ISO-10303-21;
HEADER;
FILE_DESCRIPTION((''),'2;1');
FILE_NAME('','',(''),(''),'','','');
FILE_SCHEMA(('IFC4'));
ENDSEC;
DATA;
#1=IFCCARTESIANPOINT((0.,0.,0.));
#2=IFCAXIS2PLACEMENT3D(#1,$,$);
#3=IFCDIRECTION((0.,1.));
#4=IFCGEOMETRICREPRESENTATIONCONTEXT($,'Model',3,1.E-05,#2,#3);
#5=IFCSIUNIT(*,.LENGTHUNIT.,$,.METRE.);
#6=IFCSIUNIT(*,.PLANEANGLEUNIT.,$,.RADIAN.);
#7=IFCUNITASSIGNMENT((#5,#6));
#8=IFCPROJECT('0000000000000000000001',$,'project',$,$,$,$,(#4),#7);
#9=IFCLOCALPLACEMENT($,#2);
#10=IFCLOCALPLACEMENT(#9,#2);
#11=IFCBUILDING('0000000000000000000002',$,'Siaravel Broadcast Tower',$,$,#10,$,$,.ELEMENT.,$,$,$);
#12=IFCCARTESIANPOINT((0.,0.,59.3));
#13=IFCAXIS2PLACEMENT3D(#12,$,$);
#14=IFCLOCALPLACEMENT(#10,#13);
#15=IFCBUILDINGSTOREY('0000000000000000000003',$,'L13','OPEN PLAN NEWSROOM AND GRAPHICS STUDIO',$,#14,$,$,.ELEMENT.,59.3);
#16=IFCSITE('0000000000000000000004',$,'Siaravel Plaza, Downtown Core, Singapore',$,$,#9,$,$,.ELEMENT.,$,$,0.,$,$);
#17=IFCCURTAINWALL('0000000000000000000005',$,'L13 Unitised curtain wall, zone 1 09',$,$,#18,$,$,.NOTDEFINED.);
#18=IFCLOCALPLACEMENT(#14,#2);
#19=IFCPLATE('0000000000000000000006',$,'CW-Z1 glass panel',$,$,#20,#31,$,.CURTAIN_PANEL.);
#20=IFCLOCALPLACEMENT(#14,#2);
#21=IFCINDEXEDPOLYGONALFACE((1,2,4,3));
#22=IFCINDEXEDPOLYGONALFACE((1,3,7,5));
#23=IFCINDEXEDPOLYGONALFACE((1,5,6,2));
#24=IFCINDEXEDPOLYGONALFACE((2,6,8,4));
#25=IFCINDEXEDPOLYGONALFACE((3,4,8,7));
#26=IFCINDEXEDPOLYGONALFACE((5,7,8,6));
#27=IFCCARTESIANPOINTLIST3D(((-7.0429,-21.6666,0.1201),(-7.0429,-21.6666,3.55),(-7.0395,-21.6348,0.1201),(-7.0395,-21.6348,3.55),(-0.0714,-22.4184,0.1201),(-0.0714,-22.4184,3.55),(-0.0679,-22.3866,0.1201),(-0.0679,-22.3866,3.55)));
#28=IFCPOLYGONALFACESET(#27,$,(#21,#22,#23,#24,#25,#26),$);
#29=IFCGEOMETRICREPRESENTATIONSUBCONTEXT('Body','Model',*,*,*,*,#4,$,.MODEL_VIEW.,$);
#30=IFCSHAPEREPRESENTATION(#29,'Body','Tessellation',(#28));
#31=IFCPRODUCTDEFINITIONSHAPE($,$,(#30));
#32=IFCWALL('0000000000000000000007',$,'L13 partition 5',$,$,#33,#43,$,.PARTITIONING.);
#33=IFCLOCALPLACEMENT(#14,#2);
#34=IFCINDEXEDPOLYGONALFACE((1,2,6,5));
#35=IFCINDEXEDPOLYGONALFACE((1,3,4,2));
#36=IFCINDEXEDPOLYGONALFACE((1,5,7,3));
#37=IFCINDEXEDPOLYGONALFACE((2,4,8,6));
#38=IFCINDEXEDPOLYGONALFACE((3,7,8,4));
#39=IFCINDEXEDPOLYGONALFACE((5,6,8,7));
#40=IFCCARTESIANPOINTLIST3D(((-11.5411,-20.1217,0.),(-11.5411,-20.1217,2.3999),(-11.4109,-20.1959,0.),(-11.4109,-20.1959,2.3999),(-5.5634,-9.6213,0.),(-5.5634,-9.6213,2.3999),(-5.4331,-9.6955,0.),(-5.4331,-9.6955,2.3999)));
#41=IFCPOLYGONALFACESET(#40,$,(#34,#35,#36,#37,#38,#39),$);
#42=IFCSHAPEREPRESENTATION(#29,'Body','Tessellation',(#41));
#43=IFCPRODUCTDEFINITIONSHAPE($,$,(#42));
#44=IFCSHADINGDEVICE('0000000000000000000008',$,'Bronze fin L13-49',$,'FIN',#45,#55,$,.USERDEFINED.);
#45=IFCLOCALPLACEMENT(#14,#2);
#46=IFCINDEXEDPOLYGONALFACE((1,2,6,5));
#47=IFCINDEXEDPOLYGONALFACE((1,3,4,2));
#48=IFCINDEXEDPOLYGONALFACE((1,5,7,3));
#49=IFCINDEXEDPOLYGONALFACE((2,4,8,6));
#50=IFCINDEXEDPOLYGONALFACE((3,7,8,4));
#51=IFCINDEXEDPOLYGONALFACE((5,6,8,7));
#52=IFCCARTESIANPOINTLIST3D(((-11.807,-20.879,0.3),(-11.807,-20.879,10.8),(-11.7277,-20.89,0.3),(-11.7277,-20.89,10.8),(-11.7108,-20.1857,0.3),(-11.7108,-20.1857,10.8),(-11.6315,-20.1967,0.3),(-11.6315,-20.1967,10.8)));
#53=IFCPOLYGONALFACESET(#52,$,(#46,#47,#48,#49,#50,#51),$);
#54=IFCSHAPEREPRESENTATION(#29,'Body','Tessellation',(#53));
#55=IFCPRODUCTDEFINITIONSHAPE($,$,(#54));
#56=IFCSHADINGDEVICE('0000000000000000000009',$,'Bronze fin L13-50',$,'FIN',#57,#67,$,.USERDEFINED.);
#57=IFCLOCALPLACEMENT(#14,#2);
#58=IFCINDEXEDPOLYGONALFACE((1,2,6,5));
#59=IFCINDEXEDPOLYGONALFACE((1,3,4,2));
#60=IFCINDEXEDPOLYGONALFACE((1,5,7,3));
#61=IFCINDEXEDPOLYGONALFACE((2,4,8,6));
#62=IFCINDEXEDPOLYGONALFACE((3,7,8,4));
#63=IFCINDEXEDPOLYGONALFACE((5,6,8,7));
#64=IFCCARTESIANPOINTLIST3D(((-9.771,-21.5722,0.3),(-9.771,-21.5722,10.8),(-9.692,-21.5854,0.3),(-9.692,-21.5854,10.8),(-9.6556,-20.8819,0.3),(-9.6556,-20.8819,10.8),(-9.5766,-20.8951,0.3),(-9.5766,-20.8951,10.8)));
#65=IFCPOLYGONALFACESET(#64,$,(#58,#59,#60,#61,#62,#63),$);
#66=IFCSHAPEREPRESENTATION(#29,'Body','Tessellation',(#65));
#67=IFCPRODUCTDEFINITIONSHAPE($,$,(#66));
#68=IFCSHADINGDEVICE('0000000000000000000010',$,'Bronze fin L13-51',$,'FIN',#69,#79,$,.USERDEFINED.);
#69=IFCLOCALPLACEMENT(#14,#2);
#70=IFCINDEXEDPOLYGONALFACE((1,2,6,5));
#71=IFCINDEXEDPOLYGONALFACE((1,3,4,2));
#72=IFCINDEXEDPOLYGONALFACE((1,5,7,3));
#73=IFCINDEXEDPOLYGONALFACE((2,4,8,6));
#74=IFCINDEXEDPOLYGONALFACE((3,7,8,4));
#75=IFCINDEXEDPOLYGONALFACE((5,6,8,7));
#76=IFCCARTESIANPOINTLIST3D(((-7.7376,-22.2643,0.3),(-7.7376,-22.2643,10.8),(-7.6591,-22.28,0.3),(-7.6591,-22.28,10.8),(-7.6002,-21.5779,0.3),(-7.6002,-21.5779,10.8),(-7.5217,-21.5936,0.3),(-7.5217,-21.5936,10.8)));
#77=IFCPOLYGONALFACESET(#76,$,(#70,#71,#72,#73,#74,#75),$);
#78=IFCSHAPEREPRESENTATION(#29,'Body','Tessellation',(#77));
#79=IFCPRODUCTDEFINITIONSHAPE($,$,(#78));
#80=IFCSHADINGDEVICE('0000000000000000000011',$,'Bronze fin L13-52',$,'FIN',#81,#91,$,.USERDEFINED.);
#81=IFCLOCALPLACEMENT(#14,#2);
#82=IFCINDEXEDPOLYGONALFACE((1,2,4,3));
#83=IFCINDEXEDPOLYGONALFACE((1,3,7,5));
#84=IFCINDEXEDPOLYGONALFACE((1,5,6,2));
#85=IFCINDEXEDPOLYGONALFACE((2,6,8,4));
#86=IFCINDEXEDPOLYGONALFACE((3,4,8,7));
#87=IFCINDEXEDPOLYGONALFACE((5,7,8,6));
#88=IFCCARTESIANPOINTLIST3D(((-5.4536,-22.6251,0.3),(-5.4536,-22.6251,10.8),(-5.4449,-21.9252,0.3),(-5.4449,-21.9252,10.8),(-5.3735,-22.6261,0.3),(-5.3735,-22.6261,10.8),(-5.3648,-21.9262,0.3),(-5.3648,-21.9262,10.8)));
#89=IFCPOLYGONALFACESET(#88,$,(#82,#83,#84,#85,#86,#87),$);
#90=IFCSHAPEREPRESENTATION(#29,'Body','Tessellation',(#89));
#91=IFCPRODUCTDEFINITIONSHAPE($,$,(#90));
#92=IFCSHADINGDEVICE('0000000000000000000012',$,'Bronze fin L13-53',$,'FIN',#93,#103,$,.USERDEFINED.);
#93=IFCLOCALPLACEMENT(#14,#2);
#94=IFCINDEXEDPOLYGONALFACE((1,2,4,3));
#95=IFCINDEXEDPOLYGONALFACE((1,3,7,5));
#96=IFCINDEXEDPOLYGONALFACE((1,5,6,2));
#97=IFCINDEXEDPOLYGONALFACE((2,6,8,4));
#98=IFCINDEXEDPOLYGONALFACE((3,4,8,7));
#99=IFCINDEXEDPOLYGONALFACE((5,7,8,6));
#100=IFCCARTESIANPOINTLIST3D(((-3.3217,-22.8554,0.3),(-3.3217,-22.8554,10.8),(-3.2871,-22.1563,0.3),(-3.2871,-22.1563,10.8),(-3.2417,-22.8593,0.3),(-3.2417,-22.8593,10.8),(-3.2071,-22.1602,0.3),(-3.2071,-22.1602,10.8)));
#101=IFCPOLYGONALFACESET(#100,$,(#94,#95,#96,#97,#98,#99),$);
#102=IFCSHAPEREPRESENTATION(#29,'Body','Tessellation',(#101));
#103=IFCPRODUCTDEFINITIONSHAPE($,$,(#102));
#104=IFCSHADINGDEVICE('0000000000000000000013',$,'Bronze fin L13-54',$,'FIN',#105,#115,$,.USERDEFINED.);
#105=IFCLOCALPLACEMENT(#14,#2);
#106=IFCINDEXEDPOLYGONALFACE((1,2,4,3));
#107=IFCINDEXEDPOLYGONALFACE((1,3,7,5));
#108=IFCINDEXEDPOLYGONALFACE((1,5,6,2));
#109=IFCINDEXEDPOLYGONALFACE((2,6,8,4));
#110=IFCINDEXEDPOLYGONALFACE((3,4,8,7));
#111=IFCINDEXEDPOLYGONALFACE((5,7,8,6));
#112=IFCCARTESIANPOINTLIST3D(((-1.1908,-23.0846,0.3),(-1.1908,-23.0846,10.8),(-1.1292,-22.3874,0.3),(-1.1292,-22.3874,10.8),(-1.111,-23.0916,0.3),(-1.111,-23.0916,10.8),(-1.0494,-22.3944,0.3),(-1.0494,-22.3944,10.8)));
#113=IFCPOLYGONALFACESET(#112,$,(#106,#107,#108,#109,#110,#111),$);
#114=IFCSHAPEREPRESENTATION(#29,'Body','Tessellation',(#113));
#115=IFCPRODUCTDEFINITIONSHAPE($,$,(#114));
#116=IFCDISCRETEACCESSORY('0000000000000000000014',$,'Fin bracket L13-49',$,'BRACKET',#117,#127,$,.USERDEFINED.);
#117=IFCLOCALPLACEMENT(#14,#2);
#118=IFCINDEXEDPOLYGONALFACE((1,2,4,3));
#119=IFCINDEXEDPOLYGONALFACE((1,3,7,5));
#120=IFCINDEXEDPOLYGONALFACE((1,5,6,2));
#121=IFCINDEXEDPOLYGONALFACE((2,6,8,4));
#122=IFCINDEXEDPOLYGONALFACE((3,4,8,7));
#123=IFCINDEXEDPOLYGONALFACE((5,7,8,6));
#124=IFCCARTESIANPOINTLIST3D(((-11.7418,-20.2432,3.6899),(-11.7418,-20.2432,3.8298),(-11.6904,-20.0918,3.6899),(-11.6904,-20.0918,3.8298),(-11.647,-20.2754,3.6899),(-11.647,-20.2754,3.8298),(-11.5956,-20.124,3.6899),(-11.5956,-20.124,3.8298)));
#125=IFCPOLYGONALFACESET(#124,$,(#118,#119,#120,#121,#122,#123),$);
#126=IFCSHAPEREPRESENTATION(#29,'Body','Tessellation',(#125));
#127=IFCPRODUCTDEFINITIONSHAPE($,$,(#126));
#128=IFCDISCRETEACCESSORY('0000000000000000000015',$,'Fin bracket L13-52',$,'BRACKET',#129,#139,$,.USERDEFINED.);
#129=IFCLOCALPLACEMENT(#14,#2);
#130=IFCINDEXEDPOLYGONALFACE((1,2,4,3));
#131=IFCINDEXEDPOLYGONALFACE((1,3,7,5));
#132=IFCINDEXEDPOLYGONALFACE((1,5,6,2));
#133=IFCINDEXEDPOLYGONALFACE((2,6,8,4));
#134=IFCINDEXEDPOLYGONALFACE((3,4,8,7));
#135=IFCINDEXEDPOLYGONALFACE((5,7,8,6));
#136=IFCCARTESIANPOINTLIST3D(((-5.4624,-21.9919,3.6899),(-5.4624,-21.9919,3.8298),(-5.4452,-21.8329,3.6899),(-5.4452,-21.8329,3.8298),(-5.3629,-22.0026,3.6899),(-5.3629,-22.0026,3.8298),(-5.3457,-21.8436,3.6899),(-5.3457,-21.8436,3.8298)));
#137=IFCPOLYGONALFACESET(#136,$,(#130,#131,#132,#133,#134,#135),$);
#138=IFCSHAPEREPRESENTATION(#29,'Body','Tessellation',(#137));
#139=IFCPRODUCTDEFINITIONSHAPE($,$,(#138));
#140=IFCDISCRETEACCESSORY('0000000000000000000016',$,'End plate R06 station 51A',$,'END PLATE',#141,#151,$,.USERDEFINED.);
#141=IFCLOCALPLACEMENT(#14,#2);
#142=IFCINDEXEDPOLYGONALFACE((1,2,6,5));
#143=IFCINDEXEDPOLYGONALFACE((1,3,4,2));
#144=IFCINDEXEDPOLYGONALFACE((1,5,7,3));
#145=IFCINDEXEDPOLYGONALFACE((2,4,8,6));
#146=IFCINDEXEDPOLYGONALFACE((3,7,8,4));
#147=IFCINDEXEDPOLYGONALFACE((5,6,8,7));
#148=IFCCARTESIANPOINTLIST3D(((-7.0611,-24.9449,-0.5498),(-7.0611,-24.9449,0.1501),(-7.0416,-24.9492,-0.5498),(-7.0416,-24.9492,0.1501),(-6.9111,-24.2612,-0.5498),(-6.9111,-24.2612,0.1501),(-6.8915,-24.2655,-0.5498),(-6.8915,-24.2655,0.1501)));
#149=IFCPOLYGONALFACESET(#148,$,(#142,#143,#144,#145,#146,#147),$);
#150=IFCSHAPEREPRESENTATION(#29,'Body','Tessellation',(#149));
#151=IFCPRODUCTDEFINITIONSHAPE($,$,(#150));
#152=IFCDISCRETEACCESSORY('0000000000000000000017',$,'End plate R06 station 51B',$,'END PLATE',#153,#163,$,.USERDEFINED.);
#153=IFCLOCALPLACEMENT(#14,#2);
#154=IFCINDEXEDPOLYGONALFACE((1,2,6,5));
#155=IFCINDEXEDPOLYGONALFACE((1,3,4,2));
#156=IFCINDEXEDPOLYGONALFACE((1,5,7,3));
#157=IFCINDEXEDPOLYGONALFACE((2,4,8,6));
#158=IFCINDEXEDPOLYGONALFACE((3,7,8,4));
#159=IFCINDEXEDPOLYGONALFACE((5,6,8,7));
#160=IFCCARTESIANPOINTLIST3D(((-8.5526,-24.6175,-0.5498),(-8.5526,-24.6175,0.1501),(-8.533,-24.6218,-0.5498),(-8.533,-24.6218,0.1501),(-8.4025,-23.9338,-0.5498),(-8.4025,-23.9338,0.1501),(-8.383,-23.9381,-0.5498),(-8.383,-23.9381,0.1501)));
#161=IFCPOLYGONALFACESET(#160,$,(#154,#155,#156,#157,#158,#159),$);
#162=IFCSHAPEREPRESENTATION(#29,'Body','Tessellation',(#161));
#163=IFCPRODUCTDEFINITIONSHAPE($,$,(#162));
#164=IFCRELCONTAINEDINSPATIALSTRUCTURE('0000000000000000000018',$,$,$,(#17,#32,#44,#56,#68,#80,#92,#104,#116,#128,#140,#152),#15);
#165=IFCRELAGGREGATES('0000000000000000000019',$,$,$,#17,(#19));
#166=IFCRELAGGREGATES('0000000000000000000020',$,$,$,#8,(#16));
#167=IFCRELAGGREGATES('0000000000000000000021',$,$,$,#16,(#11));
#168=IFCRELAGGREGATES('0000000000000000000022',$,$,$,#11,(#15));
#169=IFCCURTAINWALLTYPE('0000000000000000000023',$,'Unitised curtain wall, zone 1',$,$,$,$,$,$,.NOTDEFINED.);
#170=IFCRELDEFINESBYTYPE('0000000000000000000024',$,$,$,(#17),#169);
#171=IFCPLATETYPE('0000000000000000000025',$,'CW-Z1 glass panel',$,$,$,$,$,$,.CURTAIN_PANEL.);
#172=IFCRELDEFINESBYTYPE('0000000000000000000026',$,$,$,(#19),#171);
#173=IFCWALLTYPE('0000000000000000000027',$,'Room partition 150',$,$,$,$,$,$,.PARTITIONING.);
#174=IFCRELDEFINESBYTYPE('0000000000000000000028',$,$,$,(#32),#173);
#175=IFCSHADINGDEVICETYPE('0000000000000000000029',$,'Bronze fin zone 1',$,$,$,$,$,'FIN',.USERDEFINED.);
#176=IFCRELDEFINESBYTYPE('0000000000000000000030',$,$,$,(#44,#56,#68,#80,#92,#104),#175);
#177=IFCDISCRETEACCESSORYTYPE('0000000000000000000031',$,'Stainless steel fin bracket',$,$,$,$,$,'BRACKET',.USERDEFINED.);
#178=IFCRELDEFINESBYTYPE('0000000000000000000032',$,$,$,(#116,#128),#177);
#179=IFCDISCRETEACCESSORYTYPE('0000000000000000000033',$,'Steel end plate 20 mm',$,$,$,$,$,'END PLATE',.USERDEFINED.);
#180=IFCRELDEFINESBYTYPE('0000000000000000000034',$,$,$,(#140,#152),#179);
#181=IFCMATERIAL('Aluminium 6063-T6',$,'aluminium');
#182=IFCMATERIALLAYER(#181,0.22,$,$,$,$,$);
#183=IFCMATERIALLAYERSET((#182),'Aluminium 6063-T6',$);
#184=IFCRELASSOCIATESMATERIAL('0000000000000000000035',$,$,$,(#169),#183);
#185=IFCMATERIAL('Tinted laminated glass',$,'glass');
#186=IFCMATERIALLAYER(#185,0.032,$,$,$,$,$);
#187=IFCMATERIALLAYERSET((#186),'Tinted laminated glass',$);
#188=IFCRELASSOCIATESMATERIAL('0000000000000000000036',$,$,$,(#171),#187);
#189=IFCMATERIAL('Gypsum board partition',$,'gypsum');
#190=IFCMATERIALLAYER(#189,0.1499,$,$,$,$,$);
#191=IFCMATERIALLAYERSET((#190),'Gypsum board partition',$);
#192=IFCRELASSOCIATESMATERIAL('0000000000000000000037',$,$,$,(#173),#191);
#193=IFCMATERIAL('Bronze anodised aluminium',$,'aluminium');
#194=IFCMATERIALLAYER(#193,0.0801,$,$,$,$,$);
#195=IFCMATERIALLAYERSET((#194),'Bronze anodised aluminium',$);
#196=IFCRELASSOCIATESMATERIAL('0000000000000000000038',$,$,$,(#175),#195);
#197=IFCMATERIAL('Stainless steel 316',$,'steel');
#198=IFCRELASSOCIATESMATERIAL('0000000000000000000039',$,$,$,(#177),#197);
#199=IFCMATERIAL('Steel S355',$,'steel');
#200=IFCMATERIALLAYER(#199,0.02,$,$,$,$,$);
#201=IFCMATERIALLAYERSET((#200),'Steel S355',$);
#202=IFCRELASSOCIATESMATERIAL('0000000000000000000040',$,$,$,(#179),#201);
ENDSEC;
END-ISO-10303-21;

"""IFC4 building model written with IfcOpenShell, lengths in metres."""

from ifc_helpers import new_model, si_unit, direction, frame, frame_2d, origin, origin_2d, place, context, subcontext, project, spatial, rectangle, extrude, material, layer, layer_set, type_object, element, aggregate, save


model = new_model("IFC4")

# Units and contexts
model_context = context("Model", 3, precision=1e-05, world=origin(), true_north=direction((0.0, 1.0)))
body_context = subcontext(model_context, "Body", "Model", "MODEL_VIEW")
ifc_project = project(units=[si_unit("LENGTHUNIT", "METRE"), si_unit("PLANEANGLEUNIT", "RADIAN")], contexts=[model_context])

# Site, building, storey
site_placement = place(None, origin())
site = spatial("IfcSite", under=ifc_project, at=site_placement, Name="Siaravel Plaza, Downtown Core, Singapore", CompositionType="ELEMENT", RefElevation=0.0)
building_placement = place(site_placement, origin())
building = spatial("IfcBuilding", under=site, at=building_placement, Name="Siaravel Broadcast Tower", CompositionType="ELEMENT")
storey_placement = place(building_placement, frame((0.0, 0.0, 59.3)))
storey = spatial("IfcBuildingStorey", under=building, at=storey_placement, Name="L13", Description="OPEN PLAN NEWSROOM AND GRAPHICS STUDIO", CompositionType="ELEMENT", Elevation=59.3)

# Shared definitions
ifc_material_1 = material(Name="Steel S355", Category="steel")

# Curtain wall
ifc_material_2 = material(Name="Aluminium 6063-T6", Category="aluminium")
ifc_layer_1 = layer(ifc_material_2, 0.22)
ifc_layer_set_1 = layer_set([ifc_layer_1], Name="Aluminium 6063-T6")
curtain_wall_type = type_object("IfcCurtainWallType", Name="Unitised curtain wall, zone 1", PredefinedType="NOTDEFINED", material=ifc_layer_set_1)
curtain_wall_placement = place(storey_placement, origin())
curtain_wall = element("IfcCurtainWall", 1, at=curtain_wall_placement, inside=storey, type_object=curtain_wall_type, Name="L13 Unitised curtain wall, zone 1 09", PredefinedType="NOTDEFINED")

# Plate
ifc_material_3 = material(Name="Tinted laminated glass", Category="glass")
ifc_layer_2 = layer(ifc_material_3, 0.032)
ifc_layer_set_2 = layer_set([ifc_layer_2], Name="Tinted laminated glass")
plate_type = type_object("IfcPlateType", Name="CW-Z1 glass panel", PredefinedType="CURTAIN_PANEL", material=ifc_layer_set_2)
plate_1_placement = place(storey_placement, frame((-3.5554, -22.0266, 0.1201), z_axis=(0.0, 0.0, 1.0), x_axis=(0.994236, -0.107217, 0.0)))
plate_1 = element("IfcPlate", 2, at=plate_1_placement, type_object=plate_type, Name="CW-Z1 glass panel", PredefinedType="CURTAIN_PANEL", context=body_context, shape_type="SweptSolid", body=[
    extrude(rectangle(XDim=7.012, YDim=0.032, at=origin_2d()), origin(), (0.0, 0.0, 1.0), 3.4299),
])
aggregate(curtain_wall, [plate_1])

# Wall
ifc_material_4 = material(Name="Gypsum board partition", Category="gypsum")
ifc_layer_3 = layer(ifc_material_4, 0.1499)
ifc_layer_set_3 = layer_set([ifc_layer_3], Name="Gypsum board partition")
wall_type = type_object("IfcWallType", Name="Room partition 150", PredefinedType="PARTITIONING", material=ifc_layer_set_3)
wall_placement = place(storey_placement, frame((-11.4761, -20.1589, 0.0), z_axis=(0.0, 0.0, 1.0), x_axis=(0.494735, 0.869044, 0.0)))
element("IfcWall", 3, at=wall_placement, inside=storey, type_object=wall_type, Name="L13 partition 5", PredefinedType="PARTITIONING", context=body_context, shape_type="SweptSolid", body=[
    extrude(rectangle(XDim=12.0828, YDim=0.1499, at=frame_2d((6.0415, 0.0))), origin(), (0.0, 0.0, 1.0), 2.3999),
])

# Shading devices
ifc_material_5 = material(Name="Bronze anodised aluminium", Category="aluminium")
ifc_layer_4 = layer(ifc_material_5, 0.0801)
ifc_layer_set_4 = layer_set([ifc_layer_4], Name="Bronze anodised aluminium")
shading_device_type = type_object("IfcShadingDeviceType", Name="Bronze fin zone 1", ElementType="FIN", PredefinedType="USERDEFINED", material=ifc_layer_set_4)
for number, where, z_axis, x_axis, name in (
    (4, (-11.7192, -20.5378, 0.3), (0.0, 0.0, 1.0), (-0.137426, -0.990512, 0.0), "Bronze fin L13-49"),
    (5, (-9.6738, -21.2336, 0.3), (0.0, 0.0, 1.0), (-0.164867, -0.986316, 0.0), "Bronze fin L13-50"),
    (6, (-7.6296, -21.929, 0.3), (0.0, 0.0, 1.0), (-0.196258, -0.980552, 0.0), "Bronze fin L13-51"),
    (7, (-5.4092, -22.2756, 0.3), (0.0, 0.0, 1.0), (-0.012395, -0.999923, 0.0), "Bronze fin L13-52"),
    (8, (-3.2644, -22.5078, 0.3), (0.0, 0.0, 1.0), (-0.049512, -0.998774, 0.0), "Bronze fin L13-53"),
    (9, (-1.1201, -22.7395, 0.3), (0.0, 0.0, 1.0), (-0.087969, -0.996123, 0.0), "Bronze fin L13-54"),
):
    element("IfcShadingDevice", number, at=place(storey_placement, frame(where, z_axis=z_axis, x_axis=x_axis)), inside=storey, type_object=shading_device_type, Name=name, ObjectType="FIN", PredefinedType="USERDEFINED", context=body_context, shape_type="SweptSolid", body=[
        extrude(rectangle(XDim=0.7, YDim=0.0801, at=origin_2d()), origin(), (0.0, 0.0, 1.0), 10.5),
    ])

# Discrete accessories
ifc_material_6 = material(Name="Stainless steel 316", Category="steel")
discrete_accessory_type_1 = type_object("IfcDiscreteAccessoryType", Name="Stainless steel fin bracket", ElementType="BRACKET", PredefinedType="USERDEFINED", material=ifc_material_6)
for number, where, z_axis, x_axis, name in (
    (10, (-11.6687, -20.1836, 3.6899), (0.0, 0.0, 1.0), (-0.321299, -0.946978, 0.0), "Fin bracket L13-49"),
    (11, (-5.4041, -21.9177, 3.6899), (0.0, 0.0, 1.0), (-0.107217, -0.994236, 0.0), "Fin bracket L13-52"),
):
    element("IfcDiscreteAccessory", number, at=place(storey_placement, frame(where, z_axis=z_axis, x_axis=x_axis)), inside=storey, type_object=discrete_accessory_type_1, Name=name, ObjectType="BRACKET", PredefinedType="USERDEFINED", context=body_context, shape_type="SweptSolid", body=[
        extrude(rectangle(XDim=0.1599, YDim=0.1001, at=origin_2d()), origin(), (0.0, 0.0, 1.0), 0.1399),
    ])
ifc_layer_5 = layer(ifc_material_1, 0.02)
ifc_layer_set_5 = layer_set([ifc_layer_5], Name="Steel S355")
discrete_accessory_type_2 = type_object("IfcDiscreteAccessoryType", Name="Steel end plate 20 mm", ElementType="END PLATE", PredefinedType="USERDEFINED", material=ifc_layer_set_5)
for number, where, z_axis, x_axis, name in (
    (12, (-6.9763, -24.6052, -0.5498), (0.0, 0.0, 1.0), (0.976751, -0.214377, 0.0), "End plate R06 station 51A"),
    (13, (-8.4678, -24.2778, -0.5498), (0.0, 0.0, 1.0), (0.976751, -0.214377, 0.0), "End plate R06 station 51B"),
):
    element("IfcDiscreteAccessory", number, at=place(storey_placement, frame(where, z_axis=z_axis, x_axis=x_axis)), inside=storey, type_object=discrete_accessory_type_2, Name=name, ObjectType="END PLATE", PredefinedType="USERDEFINED", context=body_context, shape_type="SweptSolid", body=[
        extrude(rectangle(XDim=0.02, YDim=0.7, at=origin_2d()), origin(), (0.0, 0.0, 1.0), 0.7),
    ])

save(model, "model.ifc")
